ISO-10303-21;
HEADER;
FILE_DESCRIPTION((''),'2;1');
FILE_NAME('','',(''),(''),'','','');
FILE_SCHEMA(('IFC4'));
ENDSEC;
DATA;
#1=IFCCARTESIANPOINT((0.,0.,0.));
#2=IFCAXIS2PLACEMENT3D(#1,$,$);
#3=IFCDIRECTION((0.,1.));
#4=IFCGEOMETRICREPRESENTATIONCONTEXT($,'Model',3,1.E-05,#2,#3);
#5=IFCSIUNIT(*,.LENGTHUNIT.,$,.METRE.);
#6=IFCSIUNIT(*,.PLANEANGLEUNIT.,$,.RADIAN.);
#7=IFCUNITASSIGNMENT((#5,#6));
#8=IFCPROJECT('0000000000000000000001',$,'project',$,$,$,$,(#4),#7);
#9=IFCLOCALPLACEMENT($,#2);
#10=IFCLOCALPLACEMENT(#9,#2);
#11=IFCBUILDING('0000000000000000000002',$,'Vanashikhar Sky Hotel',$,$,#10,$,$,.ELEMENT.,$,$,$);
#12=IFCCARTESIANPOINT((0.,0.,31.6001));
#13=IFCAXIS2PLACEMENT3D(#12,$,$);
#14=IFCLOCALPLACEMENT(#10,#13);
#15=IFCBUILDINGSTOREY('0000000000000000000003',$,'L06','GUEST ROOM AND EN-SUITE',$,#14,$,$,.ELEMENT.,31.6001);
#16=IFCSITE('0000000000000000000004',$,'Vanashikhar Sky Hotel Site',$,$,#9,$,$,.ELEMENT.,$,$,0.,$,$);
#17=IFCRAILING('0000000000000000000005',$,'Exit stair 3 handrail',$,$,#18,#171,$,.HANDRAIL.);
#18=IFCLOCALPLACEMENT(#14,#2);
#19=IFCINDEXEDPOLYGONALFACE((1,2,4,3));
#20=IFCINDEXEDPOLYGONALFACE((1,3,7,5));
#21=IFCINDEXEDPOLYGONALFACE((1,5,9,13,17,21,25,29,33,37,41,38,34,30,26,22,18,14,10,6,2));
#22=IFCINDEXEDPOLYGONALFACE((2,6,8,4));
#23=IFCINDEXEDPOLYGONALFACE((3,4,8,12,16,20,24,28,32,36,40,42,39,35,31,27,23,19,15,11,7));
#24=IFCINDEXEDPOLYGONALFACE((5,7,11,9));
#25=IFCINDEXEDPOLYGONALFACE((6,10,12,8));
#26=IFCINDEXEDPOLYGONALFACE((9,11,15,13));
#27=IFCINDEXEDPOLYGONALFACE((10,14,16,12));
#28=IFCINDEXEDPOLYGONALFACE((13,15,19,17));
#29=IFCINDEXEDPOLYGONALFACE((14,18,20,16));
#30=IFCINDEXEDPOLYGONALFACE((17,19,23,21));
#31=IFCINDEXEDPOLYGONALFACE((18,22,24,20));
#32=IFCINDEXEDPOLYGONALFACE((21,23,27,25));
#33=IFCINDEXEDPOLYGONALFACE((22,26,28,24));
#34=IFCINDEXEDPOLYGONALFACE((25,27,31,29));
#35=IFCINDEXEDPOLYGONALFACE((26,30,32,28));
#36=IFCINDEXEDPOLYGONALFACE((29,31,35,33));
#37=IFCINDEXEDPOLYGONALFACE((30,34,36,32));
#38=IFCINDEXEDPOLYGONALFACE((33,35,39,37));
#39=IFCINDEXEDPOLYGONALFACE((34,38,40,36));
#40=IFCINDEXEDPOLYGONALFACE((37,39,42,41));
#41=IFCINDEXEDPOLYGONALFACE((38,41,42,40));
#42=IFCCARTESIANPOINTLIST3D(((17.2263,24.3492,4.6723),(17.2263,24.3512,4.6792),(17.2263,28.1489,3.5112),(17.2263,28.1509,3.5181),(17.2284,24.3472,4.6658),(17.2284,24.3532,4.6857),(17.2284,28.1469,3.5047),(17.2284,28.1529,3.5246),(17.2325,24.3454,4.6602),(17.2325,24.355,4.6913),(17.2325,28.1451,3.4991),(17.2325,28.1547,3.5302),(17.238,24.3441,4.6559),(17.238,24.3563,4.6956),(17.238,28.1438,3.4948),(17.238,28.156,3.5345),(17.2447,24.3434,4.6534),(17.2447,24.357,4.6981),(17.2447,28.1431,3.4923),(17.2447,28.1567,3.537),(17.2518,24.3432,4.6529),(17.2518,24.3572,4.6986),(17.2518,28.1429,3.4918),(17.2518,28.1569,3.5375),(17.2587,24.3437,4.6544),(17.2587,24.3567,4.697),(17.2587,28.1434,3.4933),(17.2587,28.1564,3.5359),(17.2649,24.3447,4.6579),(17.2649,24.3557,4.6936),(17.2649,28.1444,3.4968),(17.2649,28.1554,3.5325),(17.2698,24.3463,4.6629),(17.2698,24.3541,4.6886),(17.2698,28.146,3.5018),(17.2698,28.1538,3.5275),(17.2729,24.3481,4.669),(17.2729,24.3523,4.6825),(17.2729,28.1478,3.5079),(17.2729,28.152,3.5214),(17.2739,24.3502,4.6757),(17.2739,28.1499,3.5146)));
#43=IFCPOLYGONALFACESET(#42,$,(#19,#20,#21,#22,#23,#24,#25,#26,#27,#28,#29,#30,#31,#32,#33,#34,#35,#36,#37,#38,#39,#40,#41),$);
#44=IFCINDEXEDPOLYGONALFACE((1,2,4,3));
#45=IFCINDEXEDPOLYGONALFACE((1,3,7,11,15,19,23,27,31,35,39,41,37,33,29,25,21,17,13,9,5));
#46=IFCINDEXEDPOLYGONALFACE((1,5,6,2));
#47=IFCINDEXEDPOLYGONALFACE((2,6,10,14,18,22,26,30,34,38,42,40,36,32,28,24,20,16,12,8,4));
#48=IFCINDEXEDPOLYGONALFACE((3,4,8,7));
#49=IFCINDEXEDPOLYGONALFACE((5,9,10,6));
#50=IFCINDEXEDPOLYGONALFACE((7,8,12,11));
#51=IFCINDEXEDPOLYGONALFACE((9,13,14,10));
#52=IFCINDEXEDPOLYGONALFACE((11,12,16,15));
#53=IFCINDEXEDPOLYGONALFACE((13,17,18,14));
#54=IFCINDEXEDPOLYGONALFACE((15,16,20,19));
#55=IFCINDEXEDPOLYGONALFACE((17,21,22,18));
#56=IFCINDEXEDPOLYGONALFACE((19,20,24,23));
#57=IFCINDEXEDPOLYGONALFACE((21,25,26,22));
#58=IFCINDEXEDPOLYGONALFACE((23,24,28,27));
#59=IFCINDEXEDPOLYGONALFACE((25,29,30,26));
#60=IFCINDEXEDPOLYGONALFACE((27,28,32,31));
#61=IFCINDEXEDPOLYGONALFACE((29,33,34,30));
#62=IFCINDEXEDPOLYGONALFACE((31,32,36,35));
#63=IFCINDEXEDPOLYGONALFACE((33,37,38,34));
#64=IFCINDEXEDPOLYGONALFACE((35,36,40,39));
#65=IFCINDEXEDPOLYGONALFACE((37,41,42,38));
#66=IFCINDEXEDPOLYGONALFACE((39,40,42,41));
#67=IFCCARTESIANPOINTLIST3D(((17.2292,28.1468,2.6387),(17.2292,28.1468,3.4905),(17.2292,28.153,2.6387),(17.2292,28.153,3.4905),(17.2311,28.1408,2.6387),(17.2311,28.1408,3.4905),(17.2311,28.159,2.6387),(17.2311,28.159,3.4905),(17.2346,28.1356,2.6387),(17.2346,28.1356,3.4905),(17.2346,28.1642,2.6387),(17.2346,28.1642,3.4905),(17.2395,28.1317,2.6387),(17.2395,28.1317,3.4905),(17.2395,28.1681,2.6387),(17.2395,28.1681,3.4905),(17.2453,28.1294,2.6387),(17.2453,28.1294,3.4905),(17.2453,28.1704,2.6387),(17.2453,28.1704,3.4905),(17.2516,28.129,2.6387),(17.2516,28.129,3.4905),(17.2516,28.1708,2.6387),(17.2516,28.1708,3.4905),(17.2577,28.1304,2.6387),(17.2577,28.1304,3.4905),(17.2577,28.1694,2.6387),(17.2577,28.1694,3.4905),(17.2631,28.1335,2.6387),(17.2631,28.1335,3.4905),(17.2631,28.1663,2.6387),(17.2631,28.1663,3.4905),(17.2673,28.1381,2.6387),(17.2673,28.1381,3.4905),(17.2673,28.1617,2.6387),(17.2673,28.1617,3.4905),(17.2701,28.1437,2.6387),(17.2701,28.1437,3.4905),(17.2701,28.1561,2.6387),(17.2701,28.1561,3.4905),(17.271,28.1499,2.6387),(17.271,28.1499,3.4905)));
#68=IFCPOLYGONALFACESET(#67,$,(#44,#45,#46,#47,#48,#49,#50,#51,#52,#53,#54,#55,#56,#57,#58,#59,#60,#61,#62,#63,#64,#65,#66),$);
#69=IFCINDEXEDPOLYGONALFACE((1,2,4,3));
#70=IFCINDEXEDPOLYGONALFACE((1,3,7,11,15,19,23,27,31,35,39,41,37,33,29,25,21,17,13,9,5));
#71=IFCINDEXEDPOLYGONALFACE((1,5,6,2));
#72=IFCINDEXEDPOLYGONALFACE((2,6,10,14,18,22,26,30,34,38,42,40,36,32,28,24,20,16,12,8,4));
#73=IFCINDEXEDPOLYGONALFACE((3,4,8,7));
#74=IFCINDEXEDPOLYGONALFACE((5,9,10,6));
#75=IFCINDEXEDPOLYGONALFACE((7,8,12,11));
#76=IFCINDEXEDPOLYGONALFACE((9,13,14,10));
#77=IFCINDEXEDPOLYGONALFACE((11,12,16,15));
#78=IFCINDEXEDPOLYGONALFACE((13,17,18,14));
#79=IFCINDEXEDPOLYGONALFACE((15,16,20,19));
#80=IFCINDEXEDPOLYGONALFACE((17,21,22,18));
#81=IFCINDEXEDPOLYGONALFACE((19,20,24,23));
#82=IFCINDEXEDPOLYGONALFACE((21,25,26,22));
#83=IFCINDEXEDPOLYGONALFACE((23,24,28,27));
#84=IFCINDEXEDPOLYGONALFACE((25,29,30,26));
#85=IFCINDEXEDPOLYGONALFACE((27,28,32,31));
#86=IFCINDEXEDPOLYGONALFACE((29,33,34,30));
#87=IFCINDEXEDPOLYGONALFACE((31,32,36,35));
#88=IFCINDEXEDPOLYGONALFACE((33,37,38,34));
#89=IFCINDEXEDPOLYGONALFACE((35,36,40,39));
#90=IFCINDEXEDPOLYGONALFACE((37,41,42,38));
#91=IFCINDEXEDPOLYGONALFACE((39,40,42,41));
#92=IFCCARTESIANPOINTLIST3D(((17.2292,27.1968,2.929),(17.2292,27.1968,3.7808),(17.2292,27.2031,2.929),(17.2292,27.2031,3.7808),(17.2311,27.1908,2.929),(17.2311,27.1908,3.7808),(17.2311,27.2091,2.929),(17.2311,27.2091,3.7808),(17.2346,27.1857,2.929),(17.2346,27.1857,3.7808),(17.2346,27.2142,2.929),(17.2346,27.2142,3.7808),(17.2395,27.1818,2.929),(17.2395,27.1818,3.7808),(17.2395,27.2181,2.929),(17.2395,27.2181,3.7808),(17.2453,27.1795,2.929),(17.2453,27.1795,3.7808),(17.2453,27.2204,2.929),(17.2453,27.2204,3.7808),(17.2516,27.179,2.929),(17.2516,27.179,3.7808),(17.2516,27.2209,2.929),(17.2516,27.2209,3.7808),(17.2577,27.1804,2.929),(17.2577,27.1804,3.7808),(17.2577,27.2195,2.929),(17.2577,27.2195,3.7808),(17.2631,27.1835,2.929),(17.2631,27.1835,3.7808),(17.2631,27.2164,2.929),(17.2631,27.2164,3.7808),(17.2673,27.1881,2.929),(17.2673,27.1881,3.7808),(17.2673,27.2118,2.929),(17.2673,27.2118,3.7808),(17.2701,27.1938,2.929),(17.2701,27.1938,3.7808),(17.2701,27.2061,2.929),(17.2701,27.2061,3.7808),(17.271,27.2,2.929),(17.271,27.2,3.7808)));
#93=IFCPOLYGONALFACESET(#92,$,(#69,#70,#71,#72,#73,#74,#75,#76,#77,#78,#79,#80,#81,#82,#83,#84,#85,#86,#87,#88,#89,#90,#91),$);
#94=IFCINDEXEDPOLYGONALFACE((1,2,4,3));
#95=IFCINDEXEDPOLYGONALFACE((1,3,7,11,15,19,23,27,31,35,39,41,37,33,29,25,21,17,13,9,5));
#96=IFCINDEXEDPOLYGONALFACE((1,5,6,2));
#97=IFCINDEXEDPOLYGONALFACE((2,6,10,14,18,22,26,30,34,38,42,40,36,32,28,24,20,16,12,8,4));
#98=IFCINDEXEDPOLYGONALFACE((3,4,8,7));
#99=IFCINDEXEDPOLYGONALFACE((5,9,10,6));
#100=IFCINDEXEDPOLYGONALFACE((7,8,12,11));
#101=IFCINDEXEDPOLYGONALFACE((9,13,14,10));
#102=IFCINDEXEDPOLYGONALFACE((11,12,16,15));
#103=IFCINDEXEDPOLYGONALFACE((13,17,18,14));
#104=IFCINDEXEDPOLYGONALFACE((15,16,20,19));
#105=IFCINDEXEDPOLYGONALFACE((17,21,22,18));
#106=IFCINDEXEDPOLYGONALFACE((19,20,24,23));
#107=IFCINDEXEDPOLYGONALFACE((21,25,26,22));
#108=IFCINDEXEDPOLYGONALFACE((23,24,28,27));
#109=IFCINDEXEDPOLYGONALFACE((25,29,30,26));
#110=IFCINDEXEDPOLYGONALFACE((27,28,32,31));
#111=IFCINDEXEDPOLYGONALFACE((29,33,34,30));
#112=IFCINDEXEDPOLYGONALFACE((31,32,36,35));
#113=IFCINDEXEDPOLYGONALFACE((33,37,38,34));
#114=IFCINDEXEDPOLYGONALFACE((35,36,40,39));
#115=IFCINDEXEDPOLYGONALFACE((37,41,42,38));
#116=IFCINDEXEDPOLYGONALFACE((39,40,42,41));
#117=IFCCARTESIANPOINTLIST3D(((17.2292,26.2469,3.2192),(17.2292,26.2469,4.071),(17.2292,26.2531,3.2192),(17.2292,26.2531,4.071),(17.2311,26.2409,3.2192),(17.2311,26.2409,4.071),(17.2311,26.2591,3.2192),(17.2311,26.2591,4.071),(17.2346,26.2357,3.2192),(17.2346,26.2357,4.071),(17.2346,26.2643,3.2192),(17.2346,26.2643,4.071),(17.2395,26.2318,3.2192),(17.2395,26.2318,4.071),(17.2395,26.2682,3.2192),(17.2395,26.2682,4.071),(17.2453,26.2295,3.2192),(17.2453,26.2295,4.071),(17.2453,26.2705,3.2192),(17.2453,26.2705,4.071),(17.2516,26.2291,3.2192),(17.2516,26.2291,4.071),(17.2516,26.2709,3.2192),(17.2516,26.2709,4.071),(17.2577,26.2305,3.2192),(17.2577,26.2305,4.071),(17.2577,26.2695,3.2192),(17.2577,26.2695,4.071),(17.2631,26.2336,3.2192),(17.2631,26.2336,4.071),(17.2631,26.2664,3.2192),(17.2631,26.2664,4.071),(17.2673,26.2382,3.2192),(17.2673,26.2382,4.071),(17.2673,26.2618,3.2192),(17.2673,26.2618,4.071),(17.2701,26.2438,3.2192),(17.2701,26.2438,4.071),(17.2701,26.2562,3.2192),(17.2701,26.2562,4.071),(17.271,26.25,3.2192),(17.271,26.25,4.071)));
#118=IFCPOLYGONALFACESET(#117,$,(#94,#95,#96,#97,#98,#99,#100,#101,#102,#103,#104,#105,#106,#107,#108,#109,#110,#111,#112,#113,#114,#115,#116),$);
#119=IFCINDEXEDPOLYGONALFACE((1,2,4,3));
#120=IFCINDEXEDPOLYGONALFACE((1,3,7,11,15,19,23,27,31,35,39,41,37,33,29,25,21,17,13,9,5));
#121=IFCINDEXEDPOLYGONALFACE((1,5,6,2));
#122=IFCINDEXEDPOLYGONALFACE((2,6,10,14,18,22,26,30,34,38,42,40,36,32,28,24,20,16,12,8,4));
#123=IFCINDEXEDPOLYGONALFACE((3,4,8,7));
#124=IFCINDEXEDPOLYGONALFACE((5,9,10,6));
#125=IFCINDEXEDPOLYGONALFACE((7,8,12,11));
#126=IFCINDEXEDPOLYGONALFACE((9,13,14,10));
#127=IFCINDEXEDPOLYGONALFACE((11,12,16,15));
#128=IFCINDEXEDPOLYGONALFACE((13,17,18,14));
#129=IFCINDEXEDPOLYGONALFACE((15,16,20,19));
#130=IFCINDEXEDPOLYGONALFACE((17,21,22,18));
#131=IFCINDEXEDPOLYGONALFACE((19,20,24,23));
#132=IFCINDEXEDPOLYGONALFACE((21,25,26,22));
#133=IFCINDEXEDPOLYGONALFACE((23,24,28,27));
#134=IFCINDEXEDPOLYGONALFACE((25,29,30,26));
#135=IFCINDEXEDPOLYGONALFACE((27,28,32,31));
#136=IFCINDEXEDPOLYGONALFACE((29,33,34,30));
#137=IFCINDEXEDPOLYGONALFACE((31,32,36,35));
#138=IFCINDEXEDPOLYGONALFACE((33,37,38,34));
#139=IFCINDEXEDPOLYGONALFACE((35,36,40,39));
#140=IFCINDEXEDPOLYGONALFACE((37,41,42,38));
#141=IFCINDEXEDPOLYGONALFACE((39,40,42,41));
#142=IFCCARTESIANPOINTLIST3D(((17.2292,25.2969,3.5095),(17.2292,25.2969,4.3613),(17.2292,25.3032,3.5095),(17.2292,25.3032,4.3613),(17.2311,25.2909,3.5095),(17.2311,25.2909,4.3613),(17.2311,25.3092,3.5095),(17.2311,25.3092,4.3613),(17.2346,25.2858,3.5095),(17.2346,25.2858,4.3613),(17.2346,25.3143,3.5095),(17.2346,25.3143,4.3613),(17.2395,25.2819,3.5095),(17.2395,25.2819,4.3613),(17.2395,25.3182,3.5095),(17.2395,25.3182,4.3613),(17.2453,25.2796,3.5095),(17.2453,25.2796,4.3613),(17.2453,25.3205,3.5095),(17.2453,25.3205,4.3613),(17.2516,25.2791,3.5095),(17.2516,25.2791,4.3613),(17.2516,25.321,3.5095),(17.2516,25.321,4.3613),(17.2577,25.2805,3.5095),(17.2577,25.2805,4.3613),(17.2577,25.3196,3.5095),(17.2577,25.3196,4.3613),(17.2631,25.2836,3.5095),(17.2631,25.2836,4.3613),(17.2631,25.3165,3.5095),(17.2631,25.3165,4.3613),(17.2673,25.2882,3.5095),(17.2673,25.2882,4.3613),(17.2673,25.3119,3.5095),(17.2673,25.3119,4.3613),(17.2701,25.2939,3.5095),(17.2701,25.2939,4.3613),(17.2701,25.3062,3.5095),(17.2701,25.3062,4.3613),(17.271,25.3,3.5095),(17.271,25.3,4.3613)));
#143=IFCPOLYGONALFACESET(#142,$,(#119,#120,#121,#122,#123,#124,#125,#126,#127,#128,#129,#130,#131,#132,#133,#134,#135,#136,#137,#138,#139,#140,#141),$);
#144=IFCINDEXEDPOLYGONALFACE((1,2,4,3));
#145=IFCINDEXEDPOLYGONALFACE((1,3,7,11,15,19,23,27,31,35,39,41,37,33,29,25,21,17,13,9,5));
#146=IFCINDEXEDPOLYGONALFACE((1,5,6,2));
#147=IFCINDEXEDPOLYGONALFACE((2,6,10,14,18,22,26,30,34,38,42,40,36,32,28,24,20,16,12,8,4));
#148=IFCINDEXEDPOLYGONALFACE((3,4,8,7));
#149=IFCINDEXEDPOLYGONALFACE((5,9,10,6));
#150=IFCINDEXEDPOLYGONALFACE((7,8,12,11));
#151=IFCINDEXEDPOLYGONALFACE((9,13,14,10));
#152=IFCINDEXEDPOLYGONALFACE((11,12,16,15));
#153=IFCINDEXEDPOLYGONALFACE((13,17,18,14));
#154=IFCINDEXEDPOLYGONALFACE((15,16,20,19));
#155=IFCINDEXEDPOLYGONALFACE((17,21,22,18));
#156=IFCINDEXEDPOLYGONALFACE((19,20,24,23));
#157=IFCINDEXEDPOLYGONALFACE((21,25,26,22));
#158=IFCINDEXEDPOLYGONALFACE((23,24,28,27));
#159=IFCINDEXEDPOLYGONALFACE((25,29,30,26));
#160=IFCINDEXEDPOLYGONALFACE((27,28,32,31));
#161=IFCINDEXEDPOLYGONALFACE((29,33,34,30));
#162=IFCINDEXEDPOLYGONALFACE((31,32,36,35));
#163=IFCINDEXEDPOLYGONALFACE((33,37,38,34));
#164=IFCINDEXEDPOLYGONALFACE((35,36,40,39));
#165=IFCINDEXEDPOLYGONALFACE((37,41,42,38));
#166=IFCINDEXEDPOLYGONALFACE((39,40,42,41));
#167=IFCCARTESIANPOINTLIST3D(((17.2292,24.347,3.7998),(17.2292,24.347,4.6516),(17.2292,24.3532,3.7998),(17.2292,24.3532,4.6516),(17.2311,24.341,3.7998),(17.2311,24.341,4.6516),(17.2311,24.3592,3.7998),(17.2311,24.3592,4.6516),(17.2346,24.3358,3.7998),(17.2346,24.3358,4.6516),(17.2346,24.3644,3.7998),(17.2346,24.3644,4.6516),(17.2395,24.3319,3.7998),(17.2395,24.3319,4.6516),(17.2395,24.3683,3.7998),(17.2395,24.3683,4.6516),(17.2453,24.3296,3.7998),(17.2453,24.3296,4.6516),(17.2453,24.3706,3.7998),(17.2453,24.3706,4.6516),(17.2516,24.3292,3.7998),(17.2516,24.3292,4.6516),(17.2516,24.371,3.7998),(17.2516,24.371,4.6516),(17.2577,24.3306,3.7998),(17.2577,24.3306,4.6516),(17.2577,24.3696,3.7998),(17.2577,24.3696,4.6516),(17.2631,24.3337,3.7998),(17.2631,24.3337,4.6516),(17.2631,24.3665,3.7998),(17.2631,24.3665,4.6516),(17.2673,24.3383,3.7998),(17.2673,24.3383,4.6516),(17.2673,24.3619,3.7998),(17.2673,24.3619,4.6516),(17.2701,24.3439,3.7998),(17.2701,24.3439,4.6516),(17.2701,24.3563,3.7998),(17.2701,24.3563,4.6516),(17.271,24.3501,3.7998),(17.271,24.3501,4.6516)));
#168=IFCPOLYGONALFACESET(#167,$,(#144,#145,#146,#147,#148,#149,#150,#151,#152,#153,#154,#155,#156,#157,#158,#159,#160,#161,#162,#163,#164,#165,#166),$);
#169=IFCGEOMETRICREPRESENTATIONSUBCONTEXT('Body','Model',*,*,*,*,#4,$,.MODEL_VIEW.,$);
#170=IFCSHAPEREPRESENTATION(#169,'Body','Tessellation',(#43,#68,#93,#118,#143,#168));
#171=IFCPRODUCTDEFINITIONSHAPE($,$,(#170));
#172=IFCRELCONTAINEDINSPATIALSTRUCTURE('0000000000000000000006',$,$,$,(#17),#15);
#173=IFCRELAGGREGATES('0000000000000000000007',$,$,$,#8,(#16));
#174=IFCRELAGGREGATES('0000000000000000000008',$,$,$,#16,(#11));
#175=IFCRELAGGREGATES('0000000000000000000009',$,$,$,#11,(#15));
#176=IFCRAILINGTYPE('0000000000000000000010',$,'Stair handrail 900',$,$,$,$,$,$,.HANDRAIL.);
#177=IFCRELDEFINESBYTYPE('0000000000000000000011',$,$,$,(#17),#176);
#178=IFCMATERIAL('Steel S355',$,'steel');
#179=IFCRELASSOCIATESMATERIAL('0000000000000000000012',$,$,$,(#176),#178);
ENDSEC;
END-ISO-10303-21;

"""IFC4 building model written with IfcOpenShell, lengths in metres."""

from ifc_helpers import new_model, si_unit, direction, frame, origin, origin_2d, place, context, subcontext, project, spatial, circle, extrude, source, transform, mapped, material, type_object, element, save


model = new_model("IFC4")

# Units and contexts
model_context = context("Model", 3, precision=1e-05, world=origin(), true_north=direction((0.0, 1.0)))
body_context = subcontext(model_context, "Body", "Model", "MODEL_VIEW")
ifc_project = project(units=[si_unit("LENGTHUNIT", "METRE"), si_unit("PLANEANGLEUNIT", "RADIAN")], contexts=[model_context])

# Site, building, storey
site_placement = place(None, origin())
site = spatial("IfcSite", under=ifc_project, at=site_placement, Name="Vanashikhar Sky Hotel Site", CompositionType="ELEMENT", RefElevation=0.0)
building_placement = place(site_placement, origin())
building = spatial("IfcBuilding", under=site, at=building_placement, Name="Vanashikhar Sky Hotel", CompositionType="ELEMENT")
storey_placement = place(building_placement, frame((0.0, 0.0, 31.6001)))
storey = spatial("IfcBuildingStorey", under=building, at=storey_placement, Name="L06", Description="GUEST ROOM AND EN-SUITE", CompositionType="ELEMENT", Elevation=31.6001)

# Railing
ifc_material_1 = material(Name="Steel S355", Category="steel")
railing_type = type_object("IfcRailingType", Name="Stair handrail 900", PredefinedType="HANDRAIL", material=ifc_material_1)
shared_shape_1 = source(origin(), body_context, "Body", "SweptSolid", [
    extrude(circle(Radius=0.0239, at=origin_2d()), frame((0.0, 0.0, 0.876), z_axis=(0.0, -0.956346, 0.292237), x_axis=(1.0, 0.0, 0.0)), (0.0, 0.0, 1.0), 3.9731),
    extrude(circle(Radius=0.021, at=origin_2d()), origin(), (0.0, 0.0, 1.0), 0.8518),
    extrude(circle(Radius=0.021, at=origin_2d()), frame((0.0, -0.95, 0.2903)), (0.0, 0.0, 1.0), 0.8518),
    extrude(circle(Radius=0.021, at=origin_2d()), frame((0.0, -1.8999, 0.5806)), (0.0, 0.0, 1.0), 0.8518),
    extrude(circle(Radius=0.021, at=origin_2d()), frame((0.0, -2.8499, 0.8708)), (0.0, 0.0, 1.0), 0.8518),
    extrude(circle(Radius=0.021, at=origin_2d()), frame((0.0, -3.7998, 1.1611)), (0.0, 0.0, 1.0), 0.8518),
])
for number, where, name in (
    (1, (17.25, 28.1499, 2.6387), "Exit stair 3 handrail"),
):
    element("IfcRailing", number, at=place(storey_placement, frame(where)), inside=storey, type_object=railing_type, Name=name, PredefinedType="HANDRAIL", context=body_context, shape_type="MappedRepresentation", body=[
        mapped(shared_shape_1, transform((0.0, 0.0, 0.0), scale=1.0)),
    ])

save(model, "model.ifc")
